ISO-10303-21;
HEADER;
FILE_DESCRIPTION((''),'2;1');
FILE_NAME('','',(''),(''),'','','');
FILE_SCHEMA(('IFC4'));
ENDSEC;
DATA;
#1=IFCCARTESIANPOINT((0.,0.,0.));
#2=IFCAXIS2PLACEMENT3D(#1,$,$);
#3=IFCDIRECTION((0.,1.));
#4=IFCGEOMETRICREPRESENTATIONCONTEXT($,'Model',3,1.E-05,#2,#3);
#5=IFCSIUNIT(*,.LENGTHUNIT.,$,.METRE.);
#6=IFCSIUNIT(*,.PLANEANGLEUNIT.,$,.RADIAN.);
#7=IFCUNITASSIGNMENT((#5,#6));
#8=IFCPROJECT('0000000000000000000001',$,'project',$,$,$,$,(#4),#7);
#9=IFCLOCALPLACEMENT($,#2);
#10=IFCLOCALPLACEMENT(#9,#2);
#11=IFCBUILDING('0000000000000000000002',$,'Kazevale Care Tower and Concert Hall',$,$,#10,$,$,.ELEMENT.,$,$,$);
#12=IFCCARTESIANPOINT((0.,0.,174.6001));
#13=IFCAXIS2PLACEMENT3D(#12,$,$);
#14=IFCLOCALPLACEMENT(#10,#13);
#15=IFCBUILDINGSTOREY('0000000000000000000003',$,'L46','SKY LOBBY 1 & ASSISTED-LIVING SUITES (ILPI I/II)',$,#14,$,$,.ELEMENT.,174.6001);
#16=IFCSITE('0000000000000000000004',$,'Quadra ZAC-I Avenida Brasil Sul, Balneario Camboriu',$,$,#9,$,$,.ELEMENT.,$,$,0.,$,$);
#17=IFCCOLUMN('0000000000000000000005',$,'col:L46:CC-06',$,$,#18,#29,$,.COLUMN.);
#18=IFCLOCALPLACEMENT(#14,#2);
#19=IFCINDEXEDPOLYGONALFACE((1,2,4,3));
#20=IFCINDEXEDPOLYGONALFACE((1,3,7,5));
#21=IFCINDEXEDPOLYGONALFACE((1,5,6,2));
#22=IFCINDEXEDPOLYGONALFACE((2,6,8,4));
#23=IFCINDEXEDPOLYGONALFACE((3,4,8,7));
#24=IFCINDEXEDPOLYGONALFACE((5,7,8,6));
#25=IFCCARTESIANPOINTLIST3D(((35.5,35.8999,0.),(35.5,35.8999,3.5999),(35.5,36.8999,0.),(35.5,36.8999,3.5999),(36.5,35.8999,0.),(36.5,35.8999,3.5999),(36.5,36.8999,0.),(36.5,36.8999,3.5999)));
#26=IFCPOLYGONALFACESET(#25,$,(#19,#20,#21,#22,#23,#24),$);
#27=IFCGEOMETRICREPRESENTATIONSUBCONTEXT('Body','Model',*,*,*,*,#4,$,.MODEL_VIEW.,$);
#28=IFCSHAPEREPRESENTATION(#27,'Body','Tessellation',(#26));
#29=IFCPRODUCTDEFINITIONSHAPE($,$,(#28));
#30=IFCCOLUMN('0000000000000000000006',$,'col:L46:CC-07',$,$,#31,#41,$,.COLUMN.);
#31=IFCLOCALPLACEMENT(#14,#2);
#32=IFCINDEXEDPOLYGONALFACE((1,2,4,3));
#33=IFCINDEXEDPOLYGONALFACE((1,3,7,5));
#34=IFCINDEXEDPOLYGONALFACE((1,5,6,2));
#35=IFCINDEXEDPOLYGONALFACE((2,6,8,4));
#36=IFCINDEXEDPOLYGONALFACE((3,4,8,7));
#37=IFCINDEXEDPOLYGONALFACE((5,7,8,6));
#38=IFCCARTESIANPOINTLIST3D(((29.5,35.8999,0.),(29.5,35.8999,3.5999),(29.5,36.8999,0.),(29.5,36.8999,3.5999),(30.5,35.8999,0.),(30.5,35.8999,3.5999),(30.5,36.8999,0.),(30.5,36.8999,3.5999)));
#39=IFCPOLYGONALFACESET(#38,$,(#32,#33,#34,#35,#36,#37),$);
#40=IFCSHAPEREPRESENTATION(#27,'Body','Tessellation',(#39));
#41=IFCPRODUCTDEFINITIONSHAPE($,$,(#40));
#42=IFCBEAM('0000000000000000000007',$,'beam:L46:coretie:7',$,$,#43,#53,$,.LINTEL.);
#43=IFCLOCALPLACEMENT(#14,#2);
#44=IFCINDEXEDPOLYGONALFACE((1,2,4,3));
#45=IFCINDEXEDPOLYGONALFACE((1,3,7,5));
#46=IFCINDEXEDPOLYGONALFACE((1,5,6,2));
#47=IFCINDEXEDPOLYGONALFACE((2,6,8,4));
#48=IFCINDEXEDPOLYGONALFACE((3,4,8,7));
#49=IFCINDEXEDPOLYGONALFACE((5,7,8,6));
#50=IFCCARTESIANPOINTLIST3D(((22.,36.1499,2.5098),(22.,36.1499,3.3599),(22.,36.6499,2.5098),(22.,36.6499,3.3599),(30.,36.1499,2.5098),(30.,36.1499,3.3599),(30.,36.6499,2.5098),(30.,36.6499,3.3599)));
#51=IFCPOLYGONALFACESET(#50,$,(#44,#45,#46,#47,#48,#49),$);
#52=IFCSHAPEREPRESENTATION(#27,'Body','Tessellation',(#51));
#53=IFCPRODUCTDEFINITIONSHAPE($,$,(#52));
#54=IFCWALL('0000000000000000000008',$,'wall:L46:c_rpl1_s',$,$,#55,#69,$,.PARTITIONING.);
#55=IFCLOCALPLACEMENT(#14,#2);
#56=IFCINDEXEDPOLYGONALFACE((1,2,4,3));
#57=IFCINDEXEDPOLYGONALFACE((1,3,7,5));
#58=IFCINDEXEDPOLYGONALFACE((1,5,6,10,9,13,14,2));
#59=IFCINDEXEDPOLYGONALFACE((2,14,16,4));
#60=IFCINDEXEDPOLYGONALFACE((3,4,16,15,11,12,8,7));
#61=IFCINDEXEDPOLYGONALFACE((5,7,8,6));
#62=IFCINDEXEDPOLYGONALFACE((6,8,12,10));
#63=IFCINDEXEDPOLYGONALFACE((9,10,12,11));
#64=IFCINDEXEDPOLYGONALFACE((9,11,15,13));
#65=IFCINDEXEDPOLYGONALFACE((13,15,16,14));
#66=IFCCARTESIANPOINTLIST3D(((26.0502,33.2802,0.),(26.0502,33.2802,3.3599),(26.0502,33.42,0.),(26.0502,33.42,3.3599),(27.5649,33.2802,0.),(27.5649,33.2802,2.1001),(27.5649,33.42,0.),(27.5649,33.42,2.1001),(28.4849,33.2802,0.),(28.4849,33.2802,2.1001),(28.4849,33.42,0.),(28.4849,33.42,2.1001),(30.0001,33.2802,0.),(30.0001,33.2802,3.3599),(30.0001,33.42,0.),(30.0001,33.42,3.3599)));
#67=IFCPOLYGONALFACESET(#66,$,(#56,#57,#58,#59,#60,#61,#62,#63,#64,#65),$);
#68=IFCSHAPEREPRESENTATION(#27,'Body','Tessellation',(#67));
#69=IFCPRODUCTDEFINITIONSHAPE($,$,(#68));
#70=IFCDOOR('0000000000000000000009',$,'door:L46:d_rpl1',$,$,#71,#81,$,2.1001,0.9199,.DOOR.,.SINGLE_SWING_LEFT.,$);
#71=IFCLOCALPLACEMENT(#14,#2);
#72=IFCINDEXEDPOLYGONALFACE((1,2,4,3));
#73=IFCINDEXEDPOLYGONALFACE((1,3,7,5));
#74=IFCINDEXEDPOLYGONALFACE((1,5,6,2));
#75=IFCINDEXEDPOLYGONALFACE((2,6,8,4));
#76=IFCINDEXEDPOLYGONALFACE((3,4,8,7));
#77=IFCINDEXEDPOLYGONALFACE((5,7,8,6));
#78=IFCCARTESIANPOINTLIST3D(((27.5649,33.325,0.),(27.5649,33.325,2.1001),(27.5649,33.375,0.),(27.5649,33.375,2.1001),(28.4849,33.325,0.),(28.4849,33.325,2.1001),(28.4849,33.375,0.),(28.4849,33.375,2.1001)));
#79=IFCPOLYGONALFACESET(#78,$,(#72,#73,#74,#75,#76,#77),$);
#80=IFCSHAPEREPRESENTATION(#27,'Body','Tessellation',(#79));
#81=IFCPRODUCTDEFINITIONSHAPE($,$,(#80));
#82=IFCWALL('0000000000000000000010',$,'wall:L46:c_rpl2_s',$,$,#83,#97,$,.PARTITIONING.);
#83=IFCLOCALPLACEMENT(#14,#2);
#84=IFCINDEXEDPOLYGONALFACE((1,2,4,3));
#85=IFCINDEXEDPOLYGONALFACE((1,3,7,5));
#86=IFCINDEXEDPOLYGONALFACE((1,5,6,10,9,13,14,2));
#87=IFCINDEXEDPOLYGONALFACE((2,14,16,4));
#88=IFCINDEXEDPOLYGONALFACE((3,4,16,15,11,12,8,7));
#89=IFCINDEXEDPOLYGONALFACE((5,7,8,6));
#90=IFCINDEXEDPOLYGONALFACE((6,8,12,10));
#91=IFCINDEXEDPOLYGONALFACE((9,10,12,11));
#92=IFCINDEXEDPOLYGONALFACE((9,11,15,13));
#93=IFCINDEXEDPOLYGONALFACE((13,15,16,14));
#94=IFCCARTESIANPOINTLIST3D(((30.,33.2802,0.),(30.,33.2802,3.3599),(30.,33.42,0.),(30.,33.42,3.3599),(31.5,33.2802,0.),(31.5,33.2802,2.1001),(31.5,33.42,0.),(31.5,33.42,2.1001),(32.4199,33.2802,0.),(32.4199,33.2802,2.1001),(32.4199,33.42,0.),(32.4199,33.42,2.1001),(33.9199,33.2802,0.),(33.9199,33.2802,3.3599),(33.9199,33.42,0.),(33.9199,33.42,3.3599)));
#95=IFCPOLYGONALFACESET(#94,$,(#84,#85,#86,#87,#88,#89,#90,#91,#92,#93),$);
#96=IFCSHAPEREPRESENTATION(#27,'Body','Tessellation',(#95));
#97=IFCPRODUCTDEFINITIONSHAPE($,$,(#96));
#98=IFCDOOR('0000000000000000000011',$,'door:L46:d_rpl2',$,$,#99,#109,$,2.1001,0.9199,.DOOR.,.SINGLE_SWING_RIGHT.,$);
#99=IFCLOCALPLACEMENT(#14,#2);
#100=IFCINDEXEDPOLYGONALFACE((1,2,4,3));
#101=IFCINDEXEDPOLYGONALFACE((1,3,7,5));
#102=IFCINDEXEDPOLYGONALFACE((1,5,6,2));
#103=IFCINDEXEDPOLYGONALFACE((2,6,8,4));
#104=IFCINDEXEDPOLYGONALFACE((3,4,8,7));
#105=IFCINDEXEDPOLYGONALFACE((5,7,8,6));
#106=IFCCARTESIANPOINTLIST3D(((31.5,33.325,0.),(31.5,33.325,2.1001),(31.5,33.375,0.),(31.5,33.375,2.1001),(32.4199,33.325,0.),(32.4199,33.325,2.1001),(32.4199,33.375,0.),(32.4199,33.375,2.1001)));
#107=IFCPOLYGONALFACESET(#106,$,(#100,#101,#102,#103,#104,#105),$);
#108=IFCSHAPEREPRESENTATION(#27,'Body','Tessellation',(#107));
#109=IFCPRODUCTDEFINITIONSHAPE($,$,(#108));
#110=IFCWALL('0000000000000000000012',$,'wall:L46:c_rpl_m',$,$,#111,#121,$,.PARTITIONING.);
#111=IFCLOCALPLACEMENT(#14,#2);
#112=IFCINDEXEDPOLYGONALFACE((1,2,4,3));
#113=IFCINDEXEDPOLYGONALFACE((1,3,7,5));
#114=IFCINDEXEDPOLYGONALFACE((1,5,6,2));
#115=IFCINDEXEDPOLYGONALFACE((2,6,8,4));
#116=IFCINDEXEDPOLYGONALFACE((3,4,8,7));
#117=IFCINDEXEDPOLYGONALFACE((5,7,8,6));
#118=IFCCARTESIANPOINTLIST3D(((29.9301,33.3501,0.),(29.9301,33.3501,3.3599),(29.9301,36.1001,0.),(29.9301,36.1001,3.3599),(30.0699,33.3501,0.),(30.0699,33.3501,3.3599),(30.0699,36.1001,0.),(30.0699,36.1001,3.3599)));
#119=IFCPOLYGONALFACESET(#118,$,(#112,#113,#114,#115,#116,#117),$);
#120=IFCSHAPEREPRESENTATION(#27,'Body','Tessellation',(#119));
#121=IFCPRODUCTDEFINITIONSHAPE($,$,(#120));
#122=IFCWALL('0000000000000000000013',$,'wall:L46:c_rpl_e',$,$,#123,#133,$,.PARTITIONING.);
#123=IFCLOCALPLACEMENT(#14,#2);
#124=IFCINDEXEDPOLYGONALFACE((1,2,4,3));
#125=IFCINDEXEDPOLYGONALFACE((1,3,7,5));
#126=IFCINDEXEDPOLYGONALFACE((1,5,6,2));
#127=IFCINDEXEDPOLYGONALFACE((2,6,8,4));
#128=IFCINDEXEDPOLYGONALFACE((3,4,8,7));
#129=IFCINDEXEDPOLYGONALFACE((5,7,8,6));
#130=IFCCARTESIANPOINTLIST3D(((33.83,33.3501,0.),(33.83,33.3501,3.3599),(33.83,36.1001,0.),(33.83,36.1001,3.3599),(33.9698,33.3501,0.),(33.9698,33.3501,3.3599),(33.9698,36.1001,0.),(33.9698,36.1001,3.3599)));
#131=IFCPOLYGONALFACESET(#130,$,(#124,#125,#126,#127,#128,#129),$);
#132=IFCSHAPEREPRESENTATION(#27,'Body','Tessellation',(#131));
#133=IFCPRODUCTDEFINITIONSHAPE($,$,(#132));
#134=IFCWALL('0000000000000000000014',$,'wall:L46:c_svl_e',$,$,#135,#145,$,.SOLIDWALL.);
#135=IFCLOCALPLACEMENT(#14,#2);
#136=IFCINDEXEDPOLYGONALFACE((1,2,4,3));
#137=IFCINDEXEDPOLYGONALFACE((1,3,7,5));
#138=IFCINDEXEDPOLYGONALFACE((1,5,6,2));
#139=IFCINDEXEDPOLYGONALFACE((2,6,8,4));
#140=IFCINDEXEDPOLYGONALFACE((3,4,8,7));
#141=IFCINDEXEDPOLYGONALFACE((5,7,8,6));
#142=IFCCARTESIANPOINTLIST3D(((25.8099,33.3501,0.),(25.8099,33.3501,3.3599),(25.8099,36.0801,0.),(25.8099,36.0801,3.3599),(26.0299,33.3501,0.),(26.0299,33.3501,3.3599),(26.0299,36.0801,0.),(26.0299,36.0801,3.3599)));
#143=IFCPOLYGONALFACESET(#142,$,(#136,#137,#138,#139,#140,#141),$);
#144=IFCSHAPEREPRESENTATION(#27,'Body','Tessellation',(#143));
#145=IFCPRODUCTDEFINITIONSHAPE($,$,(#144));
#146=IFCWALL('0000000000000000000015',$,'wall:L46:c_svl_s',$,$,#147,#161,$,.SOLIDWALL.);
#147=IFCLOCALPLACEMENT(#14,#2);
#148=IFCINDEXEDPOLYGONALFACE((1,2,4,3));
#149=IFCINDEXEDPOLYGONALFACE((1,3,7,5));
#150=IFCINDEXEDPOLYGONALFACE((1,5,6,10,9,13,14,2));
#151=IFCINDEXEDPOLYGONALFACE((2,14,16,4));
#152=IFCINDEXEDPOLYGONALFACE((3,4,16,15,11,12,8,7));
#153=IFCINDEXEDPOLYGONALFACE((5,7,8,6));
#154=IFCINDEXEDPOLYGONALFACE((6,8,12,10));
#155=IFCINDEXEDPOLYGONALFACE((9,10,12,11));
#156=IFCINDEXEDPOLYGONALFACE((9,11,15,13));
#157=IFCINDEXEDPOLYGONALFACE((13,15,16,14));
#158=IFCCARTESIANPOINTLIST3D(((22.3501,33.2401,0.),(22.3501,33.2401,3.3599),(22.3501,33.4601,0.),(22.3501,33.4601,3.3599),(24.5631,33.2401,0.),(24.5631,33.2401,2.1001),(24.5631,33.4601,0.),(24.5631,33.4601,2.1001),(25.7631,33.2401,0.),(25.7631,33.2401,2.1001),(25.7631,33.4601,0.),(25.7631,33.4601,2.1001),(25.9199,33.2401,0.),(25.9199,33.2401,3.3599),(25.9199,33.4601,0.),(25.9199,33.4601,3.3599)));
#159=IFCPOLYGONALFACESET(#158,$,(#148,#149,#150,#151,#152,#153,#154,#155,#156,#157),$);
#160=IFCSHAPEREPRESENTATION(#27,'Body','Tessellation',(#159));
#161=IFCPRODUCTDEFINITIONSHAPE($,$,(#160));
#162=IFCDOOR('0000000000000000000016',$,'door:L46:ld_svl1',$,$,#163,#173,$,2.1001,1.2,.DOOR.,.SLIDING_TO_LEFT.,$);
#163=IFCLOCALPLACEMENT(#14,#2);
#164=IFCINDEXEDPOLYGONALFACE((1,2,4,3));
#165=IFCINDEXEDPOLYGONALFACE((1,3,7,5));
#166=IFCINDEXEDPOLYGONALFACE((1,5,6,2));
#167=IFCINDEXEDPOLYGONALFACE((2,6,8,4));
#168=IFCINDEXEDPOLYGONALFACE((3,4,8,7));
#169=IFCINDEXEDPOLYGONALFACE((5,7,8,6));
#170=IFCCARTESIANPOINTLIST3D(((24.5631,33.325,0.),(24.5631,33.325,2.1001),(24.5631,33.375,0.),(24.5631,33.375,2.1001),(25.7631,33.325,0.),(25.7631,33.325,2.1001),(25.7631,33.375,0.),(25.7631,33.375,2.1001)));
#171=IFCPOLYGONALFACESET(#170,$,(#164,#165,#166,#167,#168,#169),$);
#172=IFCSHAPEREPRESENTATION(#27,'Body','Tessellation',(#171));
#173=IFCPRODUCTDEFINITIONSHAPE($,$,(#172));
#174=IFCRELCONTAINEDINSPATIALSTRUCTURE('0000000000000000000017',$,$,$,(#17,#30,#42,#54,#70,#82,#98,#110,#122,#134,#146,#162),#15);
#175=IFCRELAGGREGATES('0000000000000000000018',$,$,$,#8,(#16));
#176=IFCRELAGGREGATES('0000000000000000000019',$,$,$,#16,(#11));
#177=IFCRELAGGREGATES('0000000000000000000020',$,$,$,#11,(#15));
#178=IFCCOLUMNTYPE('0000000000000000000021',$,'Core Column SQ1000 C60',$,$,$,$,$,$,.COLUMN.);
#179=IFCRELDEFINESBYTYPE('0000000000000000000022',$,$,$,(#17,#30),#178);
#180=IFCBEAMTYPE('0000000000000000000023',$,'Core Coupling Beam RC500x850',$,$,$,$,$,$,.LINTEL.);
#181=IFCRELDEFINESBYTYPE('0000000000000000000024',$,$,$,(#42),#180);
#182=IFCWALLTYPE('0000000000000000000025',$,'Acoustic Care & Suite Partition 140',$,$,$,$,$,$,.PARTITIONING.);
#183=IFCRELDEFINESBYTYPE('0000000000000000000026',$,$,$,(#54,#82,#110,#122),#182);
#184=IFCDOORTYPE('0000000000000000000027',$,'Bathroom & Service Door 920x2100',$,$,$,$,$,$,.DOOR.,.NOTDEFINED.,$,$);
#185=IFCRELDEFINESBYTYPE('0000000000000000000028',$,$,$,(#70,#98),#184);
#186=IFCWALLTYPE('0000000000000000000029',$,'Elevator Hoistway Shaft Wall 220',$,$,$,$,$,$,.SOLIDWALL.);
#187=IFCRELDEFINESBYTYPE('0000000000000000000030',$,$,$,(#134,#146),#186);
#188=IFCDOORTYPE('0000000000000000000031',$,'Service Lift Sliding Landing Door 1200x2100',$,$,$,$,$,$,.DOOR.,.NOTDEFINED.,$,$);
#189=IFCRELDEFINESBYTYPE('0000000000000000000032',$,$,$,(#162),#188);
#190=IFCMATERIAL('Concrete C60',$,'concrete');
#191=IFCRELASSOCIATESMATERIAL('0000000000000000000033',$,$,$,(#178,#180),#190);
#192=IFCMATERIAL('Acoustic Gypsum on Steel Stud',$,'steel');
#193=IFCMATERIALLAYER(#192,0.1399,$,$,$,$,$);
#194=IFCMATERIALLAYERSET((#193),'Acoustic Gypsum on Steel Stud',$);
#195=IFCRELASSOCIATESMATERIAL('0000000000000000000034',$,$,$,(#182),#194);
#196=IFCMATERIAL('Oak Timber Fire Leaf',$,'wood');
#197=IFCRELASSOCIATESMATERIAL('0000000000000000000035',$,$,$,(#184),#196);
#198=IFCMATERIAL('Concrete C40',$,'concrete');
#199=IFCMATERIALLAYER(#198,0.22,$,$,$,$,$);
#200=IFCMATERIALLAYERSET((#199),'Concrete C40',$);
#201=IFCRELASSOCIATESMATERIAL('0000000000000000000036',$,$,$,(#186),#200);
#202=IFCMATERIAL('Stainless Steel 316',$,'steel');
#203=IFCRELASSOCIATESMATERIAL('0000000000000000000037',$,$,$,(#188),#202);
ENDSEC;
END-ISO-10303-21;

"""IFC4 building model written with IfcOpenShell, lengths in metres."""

from ifc_helpers import new_model, si_unit, direction, frame, frame_2d, origin, origin_2d, place, context, subcontext, project, spatial, rectangle, extrude, material, layer, layer_set, material_profile, profile_set, type_object, element, fill, save


model = new_model("IFC4")

# Units and contexts
model_context = context("Model", 3, precision=1e-05, world=origin(), true_north=direction((0.0, 1.0)))
body_context = subcontext(model_context, "Body", "Model", "MODEL_VIEW")
ifc_project = project(units=[si_unit("LENGTHUNIT", "METRE"), si_unit("PLANEANGLEUNIT", "RADIAN")], contexts=[model_context])

# Site, building, storey
site_placement = place(None, origin())
site = spatial("IfcSite", under=ifc_project, at=site_placement, Name="Quadra ZAC-I Avenida Brasil Sul, Balneario Camboriu", CompositionType="ELEMENT", RefElevation=0.0)
building_placement = place(site_placement, origin())
building = spatial("IfcBuilding", under=site, at=building_placement, Name="Kazevale Care Tower and Concert Hall", CompositionType="ELEMENT")
storey_placement = place(building_placement, frame((0.0, 0.0, 174.6001)))
storey = spatial("IfcBuildingStorey", under=building, at=storey_placement, Name="L46", Description="SKY LOBBY 1 & ASSISTED-LIVING SUITES (ILPI I/II)", CompositionType="ELEMENT", Elevation=174.6001)

# Columns
ifc_material_1 = material(Name="Concrete C60", Category="concrete")
ifc_material_profile_1 = material_profile(ifc_material_1, rectangle(XDim=1.0, YDim=1.0, at=origin_2d()), Name="RC-SQ1000")
ifc_profile_set_1 = profile_set([ifc_material_profile_1], Name="Concrete C60")
column_type = type_object("IfcColumnType", Name="Core Column SQ1000 C60", PredefinedType="COLUMN", material=ifc_profile_set_1)
for number, where, z_axis, x_axis, name in (
    (1, (36.0, 36.3999, 0.0), (0.0, 0.0, 1.0), (1.0, 0.0, 0.0), "col:L46:CC-06"),
    (2, (30.0, 36.3999, 0.0), (0.0, 0.0, 1.0), (1.0, 0.0, 0.0), "col:L46:CC-07"),
):
    element("IfcColumn", number, at=place(storey_placement, frame(where, z_axis=z_axis, x_axis=x_axis)), inside=storey, type_object=column_type, Name=name, PredefinedType="COLUMN", context=body_context, shape_type="SweptSolid", body=[
        extrude(rectangle(XDim=1.0, YDim=1.0, at=origin_2d()), origin(), (0.0, 0.0, 1.0), 3.5999),
    ])

# Beam
ifc_material_profile_2 = material_profile(ifc_material_1, rectangle(XDim=0.5, YDim=0.8501, at=origin_2d()), Name="RC-B500x850")
ifc_profile_set_2 = profile_set([ifc_material_profile_2], Name="Concrete C60")
beam_type = type_object("IfcBeamType", Name="Core Coupling Beam RC500x850", PredefinedType="LINTEL", material=ifc_profile_set_2)
beam_placement = place(storey_placement, frame((30.0, 36.3999, 2.9348), z_axis=(-1.0, 0.0, 0.0), x_axis=(0.0, -1.0, 0.0)))
element("IfcBeam", 3, at=beam_placement, inside=storey, type_object=beam_type, Name="beam:L46:coretie:7", PredefinedType="LINTEL", context=body_context, shape_type="SweptSolid", body=[
    extrude(rectangle(XDim=0.5, YDim=0.8501, at=origin_2d()), origin(), (0.0, 0.0, 1.0), 8.0),
])

# Walls, openings, doors
ifc_material_2 = material(Name="Acoustic Gypsum on Steel Stud", Category="steel")
ifc_layer_1 = layer(ifc_material_2, 0.1399)
ifc_layer_set_1 = layer_set([ifc_layer_1], Name="Acoustic Gypsum on Steel Stud")
wall_type_1 = type_object("IfcWallType", Name="Acoustic Care & Suite Partition 140", PredefinedType="PARTITIONING", material=ifc_layer_set_1)
wall_1_placement = place(storey_placement, frame((26.05, 33.3501, 0.0), z_axis=(0.0, 0.0, 1.0), x_axis=(1.0, 0.0, 0.0)))
wall_1 = element("IfcWall", 4, at=wall_1_placement, inside=storey, type_object=wall_type_1, Name="wall:L46:c_rpl1_s", PredefinedType="PARTITIONING", context=body_context, shape_type="SweptSolid", body=[
    extrude(rectangle(XDim=3.95, YDim=0.1399, at=frame_2d((1.9751, 0.0))), origin(), (0.0, 0.0, 1.0), 3.3599),
])
opening_1_placement = place(wall_1_placement, frame((1.5149, 0.0, 0.0)))
opening_1 = element("IfcOpeningElement", 5, at=opening_1_placement, cuts=wall_1, PredefinedType="OPENING", context=body_context, shape_type="SweptSolid", body=[
    extrude(rectangle(XDim=0.9199, YDim=2.1001, at=frame_2d((0.46, 1.05))), frame((0.0, 0.0798, 0.0), z_axis=(0.0, -1.0, 0.0), x_axis=(1.0, 0.0, 0.0)), (0.0, 0.0, 1.0), 0.1599),
])
ifc_material_3 = material(Name="Oak Timber Fire Leaf", Category="wood")
door_type_1 = type_object("IfcDoorType", Name="Bathroom & Service Door 920x2100", OperationType="NOTDEFINED", PredefinedType="DOOR", material=ifc_material_3)
door_1_placement = place(opening_1_placement, origin())
door_1 = element("IfcDoor", 6, at=door_1_placement, inside=storey, type_object=door_type_1, Name="door:L46:d_rpl1", OperationType="SINGLE_SWING_LEFT", OverallHeight=2.1001, OverallWidth=0.9199, PredefinedType="DOOR", context=body_context, shape_type="SweptSolid", body=[
    extrude(rectangle(XDim=0.9199, YDim=2.1001, at=frame_2d((0.46, 1.05))), frame((0.0, 0.0249, 0.0), z_axis=(0.0, -1.0, 0.0), x_axis=(1.0, 0.0, 0.0)), (0.0, 0.0, 1.0), 0.05),
])
fill(opening_1, door_1)
wall_2_placement = place(storey_placement, frame((30.0, 33.3501, 0.0), z_axis=(0.0, 0.0, 1.0), x_axis=(1.0, 0.0, 0.0)))
wall_2 = element("IfcWall", 7, at=wall_2_placement, inside=storey, type_object=wall_type_1, Name="wall:L46:c_rpl2_s", PredefinedType="PARTITIONING", context=body_context, shape_type="SweptSolid", body=[
    extrude(rectangle(XDim=3.9199, YDim=0.1399, at=frame_2d((1.96, 0.0))), origin(), (0.0, 0.0, 1.0), 3.3599),
])
opening_2_placement = place(wall_2_placement, frame((1.5, 0.0, 0.0)))
opening_2 = element("IfcOpeningElement", 8, at=opening_2_placement, cuts=wall_2, PredefinedType="OPENING", context=body_context, shape_type="SweptSolid", body=[
    extrude(rectangle(XDim=0.9199, YDim=2.1001, at=frame_2d((0.46, 1.05))), frame((0.0, 0.0798, 0.0), z_axis=(0.0, -1.0, 0.0), x_axis=(1.0, 0.0, 0.0)), (0.0, 0.0, 1.0), 0.1599),
])
door_2_placement = place(opening_2_placement, origin())
door_2 = element("IfcDoor", 9, at=door_2_placement, inside=storey, type_object=door_type_1, Name="door:L46:d_rpl2", OperationType="SINGLE_SWING_RIGHT", OverallHeight=2.1001, OverallWidth=0.9199, PredefinedType="DOOR", context=body_context, shape_type="SweptSolid", body=[
    extrude(rectangle(XDim=0.9199, YDim=2.1001, at=frame_2d((0.46, 1.05))), frame((0.0, 0.0249, 0.0), z_axis=(0.0, -1.0, 0.0), x_axis=(1.0, 0.0, 0.0)), (0.0, 0.0, 1.0), 0.05),
])
fill(opening_2, door_2)

# Walls
for number, where, z_axis, x_axis, name in (
    (10, (30.0, 33.3501, 0.0), (0.0, 0.0, 1.0), (0.0, 1.0, 0.0), "wall:L46:c_rpl_m"),
    (11, (33.8999, 33.3501, 0.0), (0.0, 0.0, 1.0), (0.0, 1.0, 0.0), "wall:L46:c_rpl_e"),
):
    element("IfcWall", number, at=place(storey_placement, frame(where, z_axis=z_axis, x_axis=x_axis)), inside=storey, type_object=wall_type_1, Name=name, PredefinedType="PARTITIONING", context=body_context, shape_type="SweptSolid", body=[
        extrude(rectangle(XDim=2.75, YDim=0.1399, at=frame_2d((1.375, 0.0))), origin(), (0.0, 0.0, 1.0), 3.3599),
    ])
ifc_material_4 = material(Name="Concrete C40", Category="concrete")
ifc_layer_2 = layer(ifc_material_4, 0.22)
ifc_layer_set_2 = layer_set([ifc_layer_2], Name="Concrete C40")
wall_type_2 = type_object("IfcWallType", Name="Elevator Hoistway Shaft Wall 220", PredefinedType="SOLIDWALL", material=ifc_layer_set_2)
wall_3_placement = place(storey_placement, frame((25.9199, 33.3501, 0.0), z_axis=(0.0, 0.0, 1.0), x_axis=(0.0, 1.0, 0.0)))
element("IfcWall", 12, at=wall_3_placement, inside=storey, type_object=wall_type_2, Name="wall:L46:c_svl_e", PredefinedType="SOLIDWALL", context=body_context, shape_type="SweptSolid", body=[
    extrude(rectangle(XDim=2.73, YDim=0.22, at=frame_2d((1.365, 0.0))), origin(), (0.0, 0.0, 1.0), 3.3599),
])

# Wall, opening, door
wall_4_placement = place(storey_placement, frame((22.3501, 33.3501, 0.0), z_axis=(0.0, 0.0, 1.0), x_axis=(1.0, 0.0, 0.0)))
wall_4 = element("IfcWall", 13, at=wall_4_placement, inside=storey, type_object=wall_type_2, Name="wall:L46:c_svl_s", PredefinedType="SOLIDWALL", context=body_context, shape_type="SweptSolid", body=[
    extrude(rectangle(XDim=3.5698, YDim=0.22, at=frame_2d((1.7849, 0.0))), origin(), (0.0, 0.0, 1.0), 3.3599),
])
opening_3_placement = place(wall_4_placement, frame((2.2129, 0.0, 0.0)))
opening_3 = element("IfcOpeningElement", 14, at=opening_3_placement, cuts=wall_4, PredefinedType="OPENING", context=body_context, shape_type="SweptSolid", body=[
    extrude(rectangle(XDim=1.2, YDim=2.1001, at=frame_2d((0.6001, 1.05))), frame((0.0, 0.1199, 0.0), z_axis=(0.0, -1.0, 0.0), x_axis=(1.0, 0.0, 0.0)), (0.0, 0.0, 1.0), 0.24),
])
ifc_material_5 = material(Name="Stainless Steel 316", Category="steel")
door_type_2 = type_object("IfcDoorType", Name="Service Lift Sliding Landing Door 1200x2100", OperationType="NOTDEFINED", PredefinedType="DOOR", material=ifc_material_5)
door_3_placement = place(opening_3_placement, origin())
door_3 = element("IfcDoor", 15, at=door_3_placement, inside=storey, type_object=door_type_2, Name="door:L46:ld_svl1", OperationType="SLIDING_TO_LEFT", OverallHeight=2.1001, OverallWidth=1.2, PredefinedType="DOOR", context=body_context, shape_type="SweptSolid", body=[
    extrude(rectangle(XDim=1.2, YDim=2.1001, at=frame_2d((0.6001, 1.05))), frame((0.0, 0.0249, 0.0), z_axis=(0.0, -1.0, 0.0), x_axis=(1.0, 0.0, 0.0)), (0.0, 0.0, 1.0), 0.05),
])
fill(opening_3, door_3)

save(model, "model.ifc")
